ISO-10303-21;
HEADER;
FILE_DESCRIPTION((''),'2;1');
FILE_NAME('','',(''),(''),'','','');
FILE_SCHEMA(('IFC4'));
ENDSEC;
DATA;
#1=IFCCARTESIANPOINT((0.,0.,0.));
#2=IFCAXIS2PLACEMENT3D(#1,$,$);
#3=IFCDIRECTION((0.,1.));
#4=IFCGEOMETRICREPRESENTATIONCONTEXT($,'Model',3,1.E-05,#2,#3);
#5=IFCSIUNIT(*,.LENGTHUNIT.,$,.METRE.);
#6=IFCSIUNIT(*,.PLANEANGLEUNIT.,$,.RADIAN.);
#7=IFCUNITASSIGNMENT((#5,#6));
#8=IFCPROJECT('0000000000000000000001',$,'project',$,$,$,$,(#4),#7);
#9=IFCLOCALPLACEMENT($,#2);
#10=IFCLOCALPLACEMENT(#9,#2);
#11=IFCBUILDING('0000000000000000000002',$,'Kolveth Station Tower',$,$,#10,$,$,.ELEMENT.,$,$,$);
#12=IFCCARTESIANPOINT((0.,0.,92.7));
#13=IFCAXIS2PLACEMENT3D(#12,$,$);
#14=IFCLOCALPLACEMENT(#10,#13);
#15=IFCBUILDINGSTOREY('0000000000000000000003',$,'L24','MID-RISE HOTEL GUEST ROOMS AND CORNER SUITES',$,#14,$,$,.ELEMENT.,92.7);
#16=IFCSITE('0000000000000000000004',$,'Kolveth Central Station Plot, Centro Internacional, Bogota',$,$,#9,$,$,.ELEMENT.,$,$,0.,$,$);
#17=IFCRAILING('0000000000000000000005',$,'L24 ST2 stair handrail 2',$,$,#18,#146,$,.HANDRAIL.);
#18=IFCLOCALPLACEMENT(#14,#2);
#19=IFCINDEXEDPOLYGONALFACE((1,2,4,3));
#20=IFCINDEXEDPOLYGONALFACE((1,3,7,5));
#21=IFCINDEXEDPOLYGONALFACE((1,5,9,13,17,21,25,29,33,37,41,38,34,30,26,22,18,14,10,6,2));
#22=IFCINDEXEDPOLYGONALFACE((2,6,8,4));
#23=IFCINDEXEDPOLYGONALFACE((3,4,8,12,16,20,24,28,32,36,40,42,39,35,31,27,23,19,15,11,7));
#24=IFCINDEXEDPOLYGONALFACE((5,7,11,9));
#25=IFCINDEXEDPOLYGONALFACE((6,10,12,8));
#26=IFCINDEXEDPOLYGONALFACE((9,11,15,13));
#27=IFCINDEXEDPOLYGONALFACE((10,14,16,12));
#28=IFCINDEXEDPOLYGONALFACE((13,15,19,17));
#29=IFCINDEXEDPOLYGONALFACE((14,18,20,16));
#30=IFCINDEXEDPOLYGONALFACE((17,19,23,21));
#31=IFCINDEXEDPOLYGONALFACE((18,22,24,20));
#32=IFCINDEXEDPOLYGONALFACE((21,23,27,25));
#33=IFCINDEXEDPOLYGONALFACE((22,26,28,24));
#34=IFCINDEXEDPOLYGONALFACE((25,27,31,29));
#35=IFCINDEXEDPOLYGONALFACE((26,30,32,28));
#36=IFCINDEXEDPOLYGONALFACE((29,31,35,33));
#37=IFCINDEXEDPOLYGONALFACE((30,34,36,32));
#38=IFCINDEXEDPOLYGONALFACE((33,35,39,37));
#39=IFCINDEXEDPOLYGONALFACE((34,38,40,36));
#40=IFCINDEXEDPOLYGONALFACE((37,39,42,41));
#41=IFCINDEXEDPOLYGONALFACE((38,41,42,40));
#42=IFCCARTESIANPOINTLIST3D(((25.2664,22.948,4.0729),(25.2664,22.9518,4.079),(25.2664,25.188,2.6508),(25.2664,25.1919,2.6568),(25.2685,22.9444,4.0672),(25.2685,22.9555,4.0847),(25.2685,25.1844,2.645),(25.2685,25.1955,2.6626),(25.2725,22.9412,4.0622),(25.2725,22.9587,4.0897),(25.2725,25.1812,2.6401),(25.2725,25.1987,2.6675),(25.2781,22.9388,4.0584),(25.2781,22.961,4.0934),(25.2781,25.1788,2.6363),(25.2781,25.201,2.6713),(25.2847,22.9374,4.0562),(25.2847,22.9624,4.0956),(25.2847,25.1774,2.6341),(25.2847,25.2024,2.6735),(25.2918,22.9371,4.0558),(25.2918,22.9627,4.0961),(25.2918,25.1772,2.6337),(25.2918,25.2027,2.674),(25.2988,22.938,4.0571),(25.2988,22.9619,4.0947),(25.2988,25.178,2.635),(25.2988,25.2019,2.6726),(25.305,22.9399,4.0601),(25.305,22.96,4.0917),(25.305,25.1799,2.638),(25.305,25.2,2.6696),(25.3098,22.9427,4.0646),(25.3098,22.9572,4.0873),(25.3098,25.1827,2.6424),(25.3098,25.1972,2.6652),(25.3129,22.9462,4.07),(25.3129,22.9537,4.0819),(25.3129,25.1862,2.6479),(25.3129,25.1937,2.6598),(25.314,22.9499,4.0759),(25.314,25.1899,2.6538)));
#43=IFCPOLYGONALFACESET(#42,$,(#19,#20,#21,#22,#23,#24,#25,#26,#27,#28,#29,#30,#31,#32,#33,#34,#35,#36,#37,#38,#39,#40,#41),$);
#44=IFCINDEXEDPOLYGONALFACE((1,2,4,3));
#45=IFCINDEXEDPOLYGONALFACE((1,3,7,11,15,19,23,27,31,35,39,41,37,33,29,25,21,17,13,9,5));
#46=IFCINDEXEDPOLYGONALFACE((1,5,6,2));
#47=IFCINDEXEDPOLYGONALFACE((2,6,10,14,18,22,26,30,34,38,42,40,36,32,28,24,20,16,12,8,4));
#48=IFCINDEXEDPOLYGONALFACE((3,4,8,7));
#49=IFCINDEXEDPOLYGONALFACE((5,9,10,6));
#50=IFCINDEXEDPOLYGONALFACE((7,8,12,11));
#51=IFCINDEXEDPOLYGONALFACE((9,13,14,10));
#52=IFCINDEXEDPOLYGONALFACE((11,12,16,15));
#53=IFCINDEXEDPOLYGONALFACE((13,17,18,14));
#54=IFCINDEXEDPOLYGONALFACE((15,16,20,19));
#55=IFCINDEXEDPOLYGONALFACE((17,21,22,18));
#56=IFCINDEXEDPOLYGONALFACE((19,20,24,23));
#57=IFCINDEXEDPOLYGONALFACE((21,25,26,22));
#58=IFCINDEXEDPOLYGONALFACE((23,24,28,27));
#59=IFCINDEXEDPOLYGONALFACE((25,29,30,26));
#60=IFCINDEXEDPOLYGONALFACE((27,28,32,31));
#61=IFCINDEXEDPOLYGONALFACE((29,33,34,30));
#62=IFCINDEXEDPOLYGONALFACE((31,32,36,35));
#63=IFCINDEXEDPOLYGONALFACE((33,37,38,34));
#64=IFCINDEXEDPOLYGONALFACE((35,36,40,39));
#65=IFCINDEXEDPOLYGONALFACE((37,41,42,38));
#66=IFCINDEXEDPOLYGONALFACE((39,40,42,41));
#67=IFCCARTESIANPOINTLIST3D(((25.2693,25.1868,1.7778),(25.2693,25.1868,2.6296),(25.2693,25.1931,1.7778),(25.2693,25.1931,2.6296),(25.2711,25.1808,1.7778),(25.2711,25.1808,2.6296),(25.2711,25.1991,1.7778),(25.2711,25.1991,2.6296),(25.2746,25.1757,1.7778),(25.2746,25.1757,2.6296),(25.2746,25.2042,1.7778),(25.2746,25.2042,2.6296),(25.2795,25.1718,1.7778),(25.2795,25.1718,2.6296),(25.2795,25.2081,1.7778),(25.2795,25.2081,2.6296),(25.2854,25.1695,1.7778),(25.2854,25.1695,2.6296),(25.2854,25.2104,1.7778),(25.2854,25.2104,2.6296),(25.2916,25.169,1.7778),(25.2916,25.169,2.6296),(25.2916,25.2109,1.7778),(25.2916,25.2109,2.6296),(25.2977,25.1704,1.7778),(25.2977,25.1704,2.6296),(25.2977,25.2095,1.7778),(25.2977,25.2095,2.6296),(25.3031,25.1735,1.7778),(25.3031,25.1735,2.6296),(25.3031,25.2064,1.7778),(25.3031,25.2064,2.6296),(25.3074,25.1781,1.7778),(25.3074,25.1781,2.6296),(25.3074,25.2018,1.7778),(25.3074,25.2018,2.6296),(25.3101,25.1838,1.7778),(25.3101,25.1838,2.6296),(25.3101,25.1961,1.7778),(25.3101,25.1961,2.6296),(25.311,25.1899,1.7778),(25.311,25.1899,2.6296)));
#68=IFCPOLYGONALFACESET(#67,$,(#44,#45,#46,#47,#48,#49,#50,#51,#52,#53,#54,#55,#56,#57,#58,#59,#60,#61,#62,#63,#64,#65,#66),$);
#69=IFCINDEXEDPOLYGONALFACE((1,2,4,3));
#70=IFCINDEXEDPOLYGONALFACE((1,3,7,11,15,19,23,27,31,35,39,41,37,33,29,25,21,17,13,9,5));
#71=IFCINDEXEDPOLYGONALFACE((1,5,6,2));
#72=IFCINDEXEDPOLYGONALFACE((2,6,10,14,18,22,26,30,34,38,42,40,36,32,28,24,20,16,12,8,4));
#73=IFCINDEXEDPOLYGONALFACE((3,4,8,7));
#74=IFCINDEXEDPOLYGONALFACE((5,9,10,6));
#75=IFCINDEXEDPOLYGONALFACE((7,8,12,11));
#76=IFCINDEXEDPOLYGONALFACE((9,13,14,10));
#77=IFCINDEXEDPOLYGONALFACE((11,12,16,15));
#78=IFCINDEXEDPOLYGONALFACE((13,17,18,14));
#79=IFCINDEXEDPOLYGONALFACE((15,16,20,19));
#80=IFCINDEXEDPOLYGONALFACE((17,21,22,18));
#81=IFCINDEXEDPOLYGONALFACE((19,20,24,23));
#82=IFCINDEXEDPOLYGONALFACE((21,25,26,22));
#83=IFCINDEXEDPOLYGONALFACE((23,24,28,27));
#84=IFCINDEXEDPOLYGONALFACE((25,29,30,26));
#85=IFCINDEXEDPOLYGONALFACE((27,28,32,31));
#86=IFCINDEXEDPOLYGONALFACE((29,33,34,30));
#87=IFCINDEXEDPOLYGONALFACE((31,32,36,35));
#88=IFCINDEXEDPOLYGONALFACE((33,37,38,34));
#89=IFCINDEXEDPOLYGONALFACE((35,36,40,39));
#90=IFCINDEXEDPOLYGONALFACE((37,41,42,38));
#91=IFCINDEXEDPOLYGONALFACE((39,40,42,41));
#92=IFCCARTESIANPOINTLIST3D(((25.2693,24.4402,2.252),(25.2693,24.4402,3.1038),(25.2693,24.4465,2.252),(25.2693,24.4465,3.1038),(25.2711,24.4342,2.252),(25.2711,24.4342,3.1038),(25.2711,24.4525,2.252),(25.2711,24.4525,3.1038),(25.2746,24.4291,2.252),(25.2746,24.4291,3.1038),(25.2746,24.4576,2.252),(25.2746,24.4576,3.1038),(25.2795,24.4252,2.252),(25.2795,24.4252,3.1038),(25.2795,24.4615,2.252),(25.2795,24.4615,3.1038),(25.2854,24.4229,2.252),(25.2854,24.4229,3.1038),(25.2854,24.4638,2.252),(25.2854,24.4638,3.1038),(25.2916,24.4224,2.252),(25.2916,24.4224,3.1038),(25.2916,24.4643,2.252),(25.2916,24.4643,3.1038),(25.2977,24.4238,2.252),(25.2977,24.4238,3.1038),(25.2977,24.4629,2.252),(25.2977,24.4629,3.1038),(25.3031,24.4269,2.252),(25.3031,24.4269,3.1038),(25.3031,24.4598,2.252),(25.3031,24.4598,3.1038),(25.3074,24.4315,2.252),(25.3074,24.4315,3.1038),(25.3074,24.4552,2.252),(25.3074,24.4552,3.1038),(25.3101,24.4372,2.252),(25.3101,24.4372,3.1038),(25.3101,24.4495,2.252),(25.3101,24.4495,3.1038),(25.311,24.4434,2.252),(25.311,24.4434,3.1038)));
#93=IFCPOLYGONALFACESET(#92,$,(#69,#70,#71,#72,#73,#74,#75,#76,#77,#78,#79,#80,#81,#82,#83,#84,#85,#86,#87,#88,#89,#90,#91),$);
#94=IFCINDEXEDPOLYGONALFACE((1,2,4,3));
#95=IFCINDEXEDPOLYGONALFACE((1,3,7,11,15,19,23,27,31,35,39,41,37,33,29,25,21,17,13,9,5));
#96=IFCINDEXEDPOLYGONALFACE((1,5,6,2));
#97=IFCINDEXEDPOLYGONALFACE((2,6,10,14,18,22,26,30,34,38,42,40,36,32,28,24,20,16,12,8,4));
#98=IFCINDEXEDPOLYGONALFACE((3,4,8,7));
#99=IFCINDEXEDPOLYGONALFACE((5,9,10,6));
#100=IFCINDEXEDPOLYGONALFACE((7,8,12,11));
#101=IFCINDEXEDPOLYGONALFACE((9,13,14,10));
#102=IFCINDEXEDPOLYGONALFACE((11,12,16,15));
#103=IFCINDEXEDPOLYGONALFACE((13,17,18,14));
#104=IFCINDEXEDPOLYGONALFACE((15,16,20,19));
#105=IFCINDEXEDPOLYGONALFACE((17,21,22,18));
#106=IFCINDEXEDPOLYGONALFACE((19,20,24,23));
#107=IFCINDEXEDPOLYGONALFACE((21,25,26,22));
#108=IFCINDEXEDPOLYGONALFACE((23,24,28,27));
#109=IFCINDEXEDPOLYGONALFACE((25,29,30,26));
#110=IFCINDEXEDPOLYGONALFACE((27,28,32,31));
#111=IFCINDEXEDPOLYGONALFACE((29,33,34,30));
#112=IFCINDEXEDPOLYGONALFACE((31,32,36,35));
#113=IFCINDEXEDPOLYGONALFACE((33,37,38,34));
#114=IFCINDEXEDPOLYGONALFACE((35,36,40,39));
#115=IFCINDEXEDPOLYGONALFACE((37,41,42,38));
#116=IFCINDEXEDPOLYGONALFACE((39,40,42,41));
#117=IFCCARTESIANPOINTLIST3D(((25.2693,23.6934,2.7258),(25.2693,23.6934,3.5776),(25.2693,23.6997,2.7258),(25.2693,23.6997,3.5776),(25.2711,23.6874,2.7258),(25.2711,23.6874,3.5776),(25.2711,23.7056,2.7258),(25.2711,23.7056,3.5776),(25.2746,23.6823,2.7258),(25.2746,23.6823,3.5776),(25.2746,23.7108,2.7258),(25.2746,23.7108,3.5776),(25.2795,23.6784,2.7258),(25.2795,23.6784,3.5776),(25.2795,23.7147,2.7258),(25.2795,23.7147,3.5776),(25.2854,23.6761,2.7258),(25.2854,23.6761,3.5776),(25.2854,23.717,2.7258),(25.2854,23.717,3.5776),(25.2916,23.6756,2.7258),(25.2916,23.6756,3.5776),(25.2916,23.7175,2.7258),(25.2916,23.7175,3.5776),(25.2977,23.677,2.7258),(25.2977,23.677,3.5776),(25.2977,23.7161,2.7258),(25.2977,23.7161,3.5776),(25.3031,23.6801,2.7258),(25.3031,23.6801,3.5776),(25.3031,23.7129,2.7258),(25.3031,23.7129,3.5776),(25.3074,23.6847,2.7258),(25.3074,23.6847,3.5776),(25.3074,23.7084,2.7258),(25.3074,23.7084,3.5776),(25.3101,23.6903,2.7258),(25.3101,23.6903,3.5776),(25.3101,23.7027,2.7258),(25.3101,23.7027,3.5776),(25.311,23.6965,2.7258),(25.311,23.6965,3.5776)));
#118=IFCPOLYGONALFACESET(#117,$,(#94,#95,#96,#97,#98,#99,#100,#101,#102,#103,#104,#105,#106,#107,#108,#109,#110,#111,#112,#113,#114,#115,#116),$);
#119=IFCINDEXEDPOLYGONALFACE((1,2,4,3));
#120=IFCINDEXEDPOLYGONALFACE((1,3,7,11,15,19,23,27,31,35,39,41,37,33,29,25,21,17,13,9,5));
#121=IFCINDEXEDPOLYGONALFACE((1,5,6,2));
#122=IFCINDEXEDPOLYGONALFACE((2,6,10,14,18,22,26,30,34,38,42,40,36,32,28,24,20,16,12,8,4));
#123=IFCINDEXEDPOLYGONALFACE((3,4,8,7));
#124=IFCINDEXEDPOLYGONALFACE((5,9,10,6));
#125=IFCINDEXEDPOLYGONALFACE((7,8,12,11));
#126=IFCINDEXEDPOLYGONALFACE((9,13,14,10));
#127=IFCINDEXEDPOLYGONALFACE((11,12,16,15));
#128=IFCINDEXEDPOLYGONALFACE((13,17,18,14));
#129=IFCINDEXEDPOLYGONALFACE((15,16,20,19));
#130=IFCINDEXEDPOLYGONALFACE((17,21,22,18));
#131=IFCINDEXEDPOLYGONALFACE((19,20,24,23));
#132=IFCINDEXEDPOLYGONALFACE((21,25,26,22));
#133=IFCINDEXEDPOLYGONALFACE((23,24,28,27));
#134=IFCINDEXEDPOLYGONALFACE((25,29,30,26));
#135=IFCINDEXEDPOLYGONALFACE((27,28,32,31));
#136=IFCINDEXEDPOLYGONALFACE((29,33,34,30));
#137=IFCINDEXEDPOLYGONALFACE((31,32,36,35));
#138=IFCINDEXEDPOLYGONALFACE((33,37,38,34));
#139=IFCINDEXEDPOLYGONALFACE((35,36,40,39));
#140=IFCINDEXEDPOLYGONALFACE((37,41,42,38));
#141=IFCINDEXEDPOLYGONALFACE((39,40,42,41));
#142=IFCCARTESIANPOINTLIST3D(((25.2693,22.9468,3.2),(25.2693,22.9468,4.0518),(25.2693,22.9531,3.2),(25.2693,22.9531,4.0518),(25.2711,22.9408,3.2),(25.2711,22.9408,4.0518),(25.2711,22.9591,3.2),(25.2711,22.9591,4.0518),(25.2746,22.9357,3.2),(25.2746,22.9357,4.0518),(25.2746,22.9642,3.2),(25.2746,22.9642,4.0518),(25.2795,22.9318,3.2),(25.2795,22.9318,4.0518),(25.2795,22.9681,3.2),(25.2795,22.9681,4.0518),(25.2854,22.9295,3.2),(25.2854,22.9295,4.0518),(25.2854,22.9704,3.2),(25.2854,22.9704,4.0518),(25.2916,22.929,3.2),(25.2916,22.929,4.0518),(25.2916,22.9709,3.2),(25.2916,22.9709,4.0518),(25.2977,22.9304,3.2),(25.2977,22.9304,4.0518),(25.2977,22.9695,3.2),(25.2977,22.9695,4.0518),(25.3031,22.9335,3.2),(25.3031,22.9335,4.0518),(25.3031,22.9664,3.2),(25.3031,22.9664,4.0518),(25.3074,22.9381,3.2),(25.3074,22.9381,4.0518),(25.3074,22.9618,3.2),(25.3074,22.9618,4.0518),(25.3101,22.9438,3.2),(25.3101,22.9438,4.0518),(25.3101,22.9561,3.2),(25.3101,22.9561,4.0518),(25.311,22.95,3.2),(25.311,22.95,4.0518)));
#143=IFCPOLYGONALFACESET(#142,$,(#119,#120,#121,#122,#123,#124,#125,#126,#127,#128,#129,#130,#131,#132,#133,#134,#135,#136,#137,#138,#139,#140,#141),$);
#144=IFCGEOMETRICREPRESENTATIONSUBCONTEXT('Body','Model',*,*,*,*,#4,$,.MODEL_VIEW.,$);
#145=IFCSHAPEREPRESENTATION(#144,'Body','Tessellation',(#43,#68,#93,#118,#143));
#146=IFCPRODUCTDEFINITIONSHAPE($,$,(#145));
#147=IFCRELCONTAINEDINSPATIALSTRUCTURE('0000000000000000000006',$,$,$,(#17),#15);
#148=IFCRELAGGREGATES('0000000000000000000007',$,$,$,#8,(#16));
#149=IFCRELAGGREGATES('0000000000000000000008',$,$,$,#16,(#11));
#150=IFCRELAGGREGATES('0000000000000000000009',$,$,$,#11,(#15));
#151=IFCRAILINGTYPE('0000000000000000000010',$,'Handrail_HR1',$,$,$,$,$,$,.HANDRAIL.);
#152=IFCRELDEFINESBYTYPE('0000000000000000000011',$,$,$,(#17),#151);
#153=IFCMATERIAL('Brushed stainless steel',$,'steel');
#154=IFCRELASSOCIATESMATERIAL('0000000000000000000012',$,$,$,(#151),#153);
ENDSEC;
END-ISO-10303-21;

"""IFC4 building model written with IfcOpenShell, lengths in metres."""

from ifc_helpers import new_model, si_unit, direction, frame, origin, origin_2d, place, context, subcontext, project, spatial, circle, extrude, material, type_object, element, save


model = new_model("IFC4")

# Units and contexts
model_context = context("Model", 3, precision=1e-05, world=origin(), true_north=direction((0.0, 1.0)))
body_context = subcontext(model_context, "Body", "Model", "MODEL_VIEW")
ifc_project = project(units=[si_unit("LENGTHUNIT", "METRE"), si_unit("PLANEANGLEUNIT", "RADIAN")], contexts=[model_context])

# Site, building, storey
site_placement = place(None, origin())
site = spatial("IfcSite", under=ifc_project, at=site_placement, Name="Kolveth Central Station Plot, Centro Internacional, Bogota", CompositionType="ELEMENT", RefElevation=0.0)
building_placement = place(site_placement, origin())
building = spatial("IfcBuilding", under=site, at=building_placement, Name="Kolveth Station Tower", CompositionType="ELEMENT")
storey_placement = place(building_placement, frame((0.0, 0.0, 92.7)))
storey = spatial("IfcBuildingStorey", under=building, at=storey_placement, Name="L24", Description="MID-RISE HOTEL GUEST ROOMS AND CORNER SUITES", CompositionType="ELEMENT", Elevation=92.7)

# Railing
ifc_material_1 = material(Name="Brushed stainless steel", Category="steel")
railing_type_1 = type_object("IfcRailingType", Name="Handrail_HR1", PredefinedType="HANDRAIL", material=ifc_material_1)
railing_1_placement = place(storey_placement, frame((25.29, 25.1899, 1.7778)))
element("IfcRailing", 1, at=railing_1_placement, inside=storey, type_object=railing_type_1, Name="L24 ST2 stair handrail 2", PredefinedType="HANDRAIL", context=body_context, shape_type="SweptSolid", body=[
    extrude(circle(Radius=0.0239, at=origin_2d()), frame((0.0, 0.0, 0.876), z_axis=(0.0, -0.844229, 0.535982), x_axis=(1.0, 0.0, 0.0)), (0.0, 0.0, 1.0), 2.6533),
    extrude(circle(Radius=0.021, at=origin_2d()), origin(), (0.0, 0.0, 1.0), 0.8518),
    extrude(circle(Radius=0.021, at=origin_2d()), frame((0.0, -0.7466, 0.4741)), (0.0, 0.0, 1.0), 0.8518),
    extrude(circle(Radius=0.021, at=origin_2d()), frame((0.0, -1.4934, 0.948)), (0.0, 0.0, 1.0), 0.8518),
    extrude(circle(Radius=0.021, at=origin_2d()), frame((0.0, -2.24, 1.4221)), (0.0, 0.0, 1.0), 0.8518),
])

save(model, "model.ifc")
